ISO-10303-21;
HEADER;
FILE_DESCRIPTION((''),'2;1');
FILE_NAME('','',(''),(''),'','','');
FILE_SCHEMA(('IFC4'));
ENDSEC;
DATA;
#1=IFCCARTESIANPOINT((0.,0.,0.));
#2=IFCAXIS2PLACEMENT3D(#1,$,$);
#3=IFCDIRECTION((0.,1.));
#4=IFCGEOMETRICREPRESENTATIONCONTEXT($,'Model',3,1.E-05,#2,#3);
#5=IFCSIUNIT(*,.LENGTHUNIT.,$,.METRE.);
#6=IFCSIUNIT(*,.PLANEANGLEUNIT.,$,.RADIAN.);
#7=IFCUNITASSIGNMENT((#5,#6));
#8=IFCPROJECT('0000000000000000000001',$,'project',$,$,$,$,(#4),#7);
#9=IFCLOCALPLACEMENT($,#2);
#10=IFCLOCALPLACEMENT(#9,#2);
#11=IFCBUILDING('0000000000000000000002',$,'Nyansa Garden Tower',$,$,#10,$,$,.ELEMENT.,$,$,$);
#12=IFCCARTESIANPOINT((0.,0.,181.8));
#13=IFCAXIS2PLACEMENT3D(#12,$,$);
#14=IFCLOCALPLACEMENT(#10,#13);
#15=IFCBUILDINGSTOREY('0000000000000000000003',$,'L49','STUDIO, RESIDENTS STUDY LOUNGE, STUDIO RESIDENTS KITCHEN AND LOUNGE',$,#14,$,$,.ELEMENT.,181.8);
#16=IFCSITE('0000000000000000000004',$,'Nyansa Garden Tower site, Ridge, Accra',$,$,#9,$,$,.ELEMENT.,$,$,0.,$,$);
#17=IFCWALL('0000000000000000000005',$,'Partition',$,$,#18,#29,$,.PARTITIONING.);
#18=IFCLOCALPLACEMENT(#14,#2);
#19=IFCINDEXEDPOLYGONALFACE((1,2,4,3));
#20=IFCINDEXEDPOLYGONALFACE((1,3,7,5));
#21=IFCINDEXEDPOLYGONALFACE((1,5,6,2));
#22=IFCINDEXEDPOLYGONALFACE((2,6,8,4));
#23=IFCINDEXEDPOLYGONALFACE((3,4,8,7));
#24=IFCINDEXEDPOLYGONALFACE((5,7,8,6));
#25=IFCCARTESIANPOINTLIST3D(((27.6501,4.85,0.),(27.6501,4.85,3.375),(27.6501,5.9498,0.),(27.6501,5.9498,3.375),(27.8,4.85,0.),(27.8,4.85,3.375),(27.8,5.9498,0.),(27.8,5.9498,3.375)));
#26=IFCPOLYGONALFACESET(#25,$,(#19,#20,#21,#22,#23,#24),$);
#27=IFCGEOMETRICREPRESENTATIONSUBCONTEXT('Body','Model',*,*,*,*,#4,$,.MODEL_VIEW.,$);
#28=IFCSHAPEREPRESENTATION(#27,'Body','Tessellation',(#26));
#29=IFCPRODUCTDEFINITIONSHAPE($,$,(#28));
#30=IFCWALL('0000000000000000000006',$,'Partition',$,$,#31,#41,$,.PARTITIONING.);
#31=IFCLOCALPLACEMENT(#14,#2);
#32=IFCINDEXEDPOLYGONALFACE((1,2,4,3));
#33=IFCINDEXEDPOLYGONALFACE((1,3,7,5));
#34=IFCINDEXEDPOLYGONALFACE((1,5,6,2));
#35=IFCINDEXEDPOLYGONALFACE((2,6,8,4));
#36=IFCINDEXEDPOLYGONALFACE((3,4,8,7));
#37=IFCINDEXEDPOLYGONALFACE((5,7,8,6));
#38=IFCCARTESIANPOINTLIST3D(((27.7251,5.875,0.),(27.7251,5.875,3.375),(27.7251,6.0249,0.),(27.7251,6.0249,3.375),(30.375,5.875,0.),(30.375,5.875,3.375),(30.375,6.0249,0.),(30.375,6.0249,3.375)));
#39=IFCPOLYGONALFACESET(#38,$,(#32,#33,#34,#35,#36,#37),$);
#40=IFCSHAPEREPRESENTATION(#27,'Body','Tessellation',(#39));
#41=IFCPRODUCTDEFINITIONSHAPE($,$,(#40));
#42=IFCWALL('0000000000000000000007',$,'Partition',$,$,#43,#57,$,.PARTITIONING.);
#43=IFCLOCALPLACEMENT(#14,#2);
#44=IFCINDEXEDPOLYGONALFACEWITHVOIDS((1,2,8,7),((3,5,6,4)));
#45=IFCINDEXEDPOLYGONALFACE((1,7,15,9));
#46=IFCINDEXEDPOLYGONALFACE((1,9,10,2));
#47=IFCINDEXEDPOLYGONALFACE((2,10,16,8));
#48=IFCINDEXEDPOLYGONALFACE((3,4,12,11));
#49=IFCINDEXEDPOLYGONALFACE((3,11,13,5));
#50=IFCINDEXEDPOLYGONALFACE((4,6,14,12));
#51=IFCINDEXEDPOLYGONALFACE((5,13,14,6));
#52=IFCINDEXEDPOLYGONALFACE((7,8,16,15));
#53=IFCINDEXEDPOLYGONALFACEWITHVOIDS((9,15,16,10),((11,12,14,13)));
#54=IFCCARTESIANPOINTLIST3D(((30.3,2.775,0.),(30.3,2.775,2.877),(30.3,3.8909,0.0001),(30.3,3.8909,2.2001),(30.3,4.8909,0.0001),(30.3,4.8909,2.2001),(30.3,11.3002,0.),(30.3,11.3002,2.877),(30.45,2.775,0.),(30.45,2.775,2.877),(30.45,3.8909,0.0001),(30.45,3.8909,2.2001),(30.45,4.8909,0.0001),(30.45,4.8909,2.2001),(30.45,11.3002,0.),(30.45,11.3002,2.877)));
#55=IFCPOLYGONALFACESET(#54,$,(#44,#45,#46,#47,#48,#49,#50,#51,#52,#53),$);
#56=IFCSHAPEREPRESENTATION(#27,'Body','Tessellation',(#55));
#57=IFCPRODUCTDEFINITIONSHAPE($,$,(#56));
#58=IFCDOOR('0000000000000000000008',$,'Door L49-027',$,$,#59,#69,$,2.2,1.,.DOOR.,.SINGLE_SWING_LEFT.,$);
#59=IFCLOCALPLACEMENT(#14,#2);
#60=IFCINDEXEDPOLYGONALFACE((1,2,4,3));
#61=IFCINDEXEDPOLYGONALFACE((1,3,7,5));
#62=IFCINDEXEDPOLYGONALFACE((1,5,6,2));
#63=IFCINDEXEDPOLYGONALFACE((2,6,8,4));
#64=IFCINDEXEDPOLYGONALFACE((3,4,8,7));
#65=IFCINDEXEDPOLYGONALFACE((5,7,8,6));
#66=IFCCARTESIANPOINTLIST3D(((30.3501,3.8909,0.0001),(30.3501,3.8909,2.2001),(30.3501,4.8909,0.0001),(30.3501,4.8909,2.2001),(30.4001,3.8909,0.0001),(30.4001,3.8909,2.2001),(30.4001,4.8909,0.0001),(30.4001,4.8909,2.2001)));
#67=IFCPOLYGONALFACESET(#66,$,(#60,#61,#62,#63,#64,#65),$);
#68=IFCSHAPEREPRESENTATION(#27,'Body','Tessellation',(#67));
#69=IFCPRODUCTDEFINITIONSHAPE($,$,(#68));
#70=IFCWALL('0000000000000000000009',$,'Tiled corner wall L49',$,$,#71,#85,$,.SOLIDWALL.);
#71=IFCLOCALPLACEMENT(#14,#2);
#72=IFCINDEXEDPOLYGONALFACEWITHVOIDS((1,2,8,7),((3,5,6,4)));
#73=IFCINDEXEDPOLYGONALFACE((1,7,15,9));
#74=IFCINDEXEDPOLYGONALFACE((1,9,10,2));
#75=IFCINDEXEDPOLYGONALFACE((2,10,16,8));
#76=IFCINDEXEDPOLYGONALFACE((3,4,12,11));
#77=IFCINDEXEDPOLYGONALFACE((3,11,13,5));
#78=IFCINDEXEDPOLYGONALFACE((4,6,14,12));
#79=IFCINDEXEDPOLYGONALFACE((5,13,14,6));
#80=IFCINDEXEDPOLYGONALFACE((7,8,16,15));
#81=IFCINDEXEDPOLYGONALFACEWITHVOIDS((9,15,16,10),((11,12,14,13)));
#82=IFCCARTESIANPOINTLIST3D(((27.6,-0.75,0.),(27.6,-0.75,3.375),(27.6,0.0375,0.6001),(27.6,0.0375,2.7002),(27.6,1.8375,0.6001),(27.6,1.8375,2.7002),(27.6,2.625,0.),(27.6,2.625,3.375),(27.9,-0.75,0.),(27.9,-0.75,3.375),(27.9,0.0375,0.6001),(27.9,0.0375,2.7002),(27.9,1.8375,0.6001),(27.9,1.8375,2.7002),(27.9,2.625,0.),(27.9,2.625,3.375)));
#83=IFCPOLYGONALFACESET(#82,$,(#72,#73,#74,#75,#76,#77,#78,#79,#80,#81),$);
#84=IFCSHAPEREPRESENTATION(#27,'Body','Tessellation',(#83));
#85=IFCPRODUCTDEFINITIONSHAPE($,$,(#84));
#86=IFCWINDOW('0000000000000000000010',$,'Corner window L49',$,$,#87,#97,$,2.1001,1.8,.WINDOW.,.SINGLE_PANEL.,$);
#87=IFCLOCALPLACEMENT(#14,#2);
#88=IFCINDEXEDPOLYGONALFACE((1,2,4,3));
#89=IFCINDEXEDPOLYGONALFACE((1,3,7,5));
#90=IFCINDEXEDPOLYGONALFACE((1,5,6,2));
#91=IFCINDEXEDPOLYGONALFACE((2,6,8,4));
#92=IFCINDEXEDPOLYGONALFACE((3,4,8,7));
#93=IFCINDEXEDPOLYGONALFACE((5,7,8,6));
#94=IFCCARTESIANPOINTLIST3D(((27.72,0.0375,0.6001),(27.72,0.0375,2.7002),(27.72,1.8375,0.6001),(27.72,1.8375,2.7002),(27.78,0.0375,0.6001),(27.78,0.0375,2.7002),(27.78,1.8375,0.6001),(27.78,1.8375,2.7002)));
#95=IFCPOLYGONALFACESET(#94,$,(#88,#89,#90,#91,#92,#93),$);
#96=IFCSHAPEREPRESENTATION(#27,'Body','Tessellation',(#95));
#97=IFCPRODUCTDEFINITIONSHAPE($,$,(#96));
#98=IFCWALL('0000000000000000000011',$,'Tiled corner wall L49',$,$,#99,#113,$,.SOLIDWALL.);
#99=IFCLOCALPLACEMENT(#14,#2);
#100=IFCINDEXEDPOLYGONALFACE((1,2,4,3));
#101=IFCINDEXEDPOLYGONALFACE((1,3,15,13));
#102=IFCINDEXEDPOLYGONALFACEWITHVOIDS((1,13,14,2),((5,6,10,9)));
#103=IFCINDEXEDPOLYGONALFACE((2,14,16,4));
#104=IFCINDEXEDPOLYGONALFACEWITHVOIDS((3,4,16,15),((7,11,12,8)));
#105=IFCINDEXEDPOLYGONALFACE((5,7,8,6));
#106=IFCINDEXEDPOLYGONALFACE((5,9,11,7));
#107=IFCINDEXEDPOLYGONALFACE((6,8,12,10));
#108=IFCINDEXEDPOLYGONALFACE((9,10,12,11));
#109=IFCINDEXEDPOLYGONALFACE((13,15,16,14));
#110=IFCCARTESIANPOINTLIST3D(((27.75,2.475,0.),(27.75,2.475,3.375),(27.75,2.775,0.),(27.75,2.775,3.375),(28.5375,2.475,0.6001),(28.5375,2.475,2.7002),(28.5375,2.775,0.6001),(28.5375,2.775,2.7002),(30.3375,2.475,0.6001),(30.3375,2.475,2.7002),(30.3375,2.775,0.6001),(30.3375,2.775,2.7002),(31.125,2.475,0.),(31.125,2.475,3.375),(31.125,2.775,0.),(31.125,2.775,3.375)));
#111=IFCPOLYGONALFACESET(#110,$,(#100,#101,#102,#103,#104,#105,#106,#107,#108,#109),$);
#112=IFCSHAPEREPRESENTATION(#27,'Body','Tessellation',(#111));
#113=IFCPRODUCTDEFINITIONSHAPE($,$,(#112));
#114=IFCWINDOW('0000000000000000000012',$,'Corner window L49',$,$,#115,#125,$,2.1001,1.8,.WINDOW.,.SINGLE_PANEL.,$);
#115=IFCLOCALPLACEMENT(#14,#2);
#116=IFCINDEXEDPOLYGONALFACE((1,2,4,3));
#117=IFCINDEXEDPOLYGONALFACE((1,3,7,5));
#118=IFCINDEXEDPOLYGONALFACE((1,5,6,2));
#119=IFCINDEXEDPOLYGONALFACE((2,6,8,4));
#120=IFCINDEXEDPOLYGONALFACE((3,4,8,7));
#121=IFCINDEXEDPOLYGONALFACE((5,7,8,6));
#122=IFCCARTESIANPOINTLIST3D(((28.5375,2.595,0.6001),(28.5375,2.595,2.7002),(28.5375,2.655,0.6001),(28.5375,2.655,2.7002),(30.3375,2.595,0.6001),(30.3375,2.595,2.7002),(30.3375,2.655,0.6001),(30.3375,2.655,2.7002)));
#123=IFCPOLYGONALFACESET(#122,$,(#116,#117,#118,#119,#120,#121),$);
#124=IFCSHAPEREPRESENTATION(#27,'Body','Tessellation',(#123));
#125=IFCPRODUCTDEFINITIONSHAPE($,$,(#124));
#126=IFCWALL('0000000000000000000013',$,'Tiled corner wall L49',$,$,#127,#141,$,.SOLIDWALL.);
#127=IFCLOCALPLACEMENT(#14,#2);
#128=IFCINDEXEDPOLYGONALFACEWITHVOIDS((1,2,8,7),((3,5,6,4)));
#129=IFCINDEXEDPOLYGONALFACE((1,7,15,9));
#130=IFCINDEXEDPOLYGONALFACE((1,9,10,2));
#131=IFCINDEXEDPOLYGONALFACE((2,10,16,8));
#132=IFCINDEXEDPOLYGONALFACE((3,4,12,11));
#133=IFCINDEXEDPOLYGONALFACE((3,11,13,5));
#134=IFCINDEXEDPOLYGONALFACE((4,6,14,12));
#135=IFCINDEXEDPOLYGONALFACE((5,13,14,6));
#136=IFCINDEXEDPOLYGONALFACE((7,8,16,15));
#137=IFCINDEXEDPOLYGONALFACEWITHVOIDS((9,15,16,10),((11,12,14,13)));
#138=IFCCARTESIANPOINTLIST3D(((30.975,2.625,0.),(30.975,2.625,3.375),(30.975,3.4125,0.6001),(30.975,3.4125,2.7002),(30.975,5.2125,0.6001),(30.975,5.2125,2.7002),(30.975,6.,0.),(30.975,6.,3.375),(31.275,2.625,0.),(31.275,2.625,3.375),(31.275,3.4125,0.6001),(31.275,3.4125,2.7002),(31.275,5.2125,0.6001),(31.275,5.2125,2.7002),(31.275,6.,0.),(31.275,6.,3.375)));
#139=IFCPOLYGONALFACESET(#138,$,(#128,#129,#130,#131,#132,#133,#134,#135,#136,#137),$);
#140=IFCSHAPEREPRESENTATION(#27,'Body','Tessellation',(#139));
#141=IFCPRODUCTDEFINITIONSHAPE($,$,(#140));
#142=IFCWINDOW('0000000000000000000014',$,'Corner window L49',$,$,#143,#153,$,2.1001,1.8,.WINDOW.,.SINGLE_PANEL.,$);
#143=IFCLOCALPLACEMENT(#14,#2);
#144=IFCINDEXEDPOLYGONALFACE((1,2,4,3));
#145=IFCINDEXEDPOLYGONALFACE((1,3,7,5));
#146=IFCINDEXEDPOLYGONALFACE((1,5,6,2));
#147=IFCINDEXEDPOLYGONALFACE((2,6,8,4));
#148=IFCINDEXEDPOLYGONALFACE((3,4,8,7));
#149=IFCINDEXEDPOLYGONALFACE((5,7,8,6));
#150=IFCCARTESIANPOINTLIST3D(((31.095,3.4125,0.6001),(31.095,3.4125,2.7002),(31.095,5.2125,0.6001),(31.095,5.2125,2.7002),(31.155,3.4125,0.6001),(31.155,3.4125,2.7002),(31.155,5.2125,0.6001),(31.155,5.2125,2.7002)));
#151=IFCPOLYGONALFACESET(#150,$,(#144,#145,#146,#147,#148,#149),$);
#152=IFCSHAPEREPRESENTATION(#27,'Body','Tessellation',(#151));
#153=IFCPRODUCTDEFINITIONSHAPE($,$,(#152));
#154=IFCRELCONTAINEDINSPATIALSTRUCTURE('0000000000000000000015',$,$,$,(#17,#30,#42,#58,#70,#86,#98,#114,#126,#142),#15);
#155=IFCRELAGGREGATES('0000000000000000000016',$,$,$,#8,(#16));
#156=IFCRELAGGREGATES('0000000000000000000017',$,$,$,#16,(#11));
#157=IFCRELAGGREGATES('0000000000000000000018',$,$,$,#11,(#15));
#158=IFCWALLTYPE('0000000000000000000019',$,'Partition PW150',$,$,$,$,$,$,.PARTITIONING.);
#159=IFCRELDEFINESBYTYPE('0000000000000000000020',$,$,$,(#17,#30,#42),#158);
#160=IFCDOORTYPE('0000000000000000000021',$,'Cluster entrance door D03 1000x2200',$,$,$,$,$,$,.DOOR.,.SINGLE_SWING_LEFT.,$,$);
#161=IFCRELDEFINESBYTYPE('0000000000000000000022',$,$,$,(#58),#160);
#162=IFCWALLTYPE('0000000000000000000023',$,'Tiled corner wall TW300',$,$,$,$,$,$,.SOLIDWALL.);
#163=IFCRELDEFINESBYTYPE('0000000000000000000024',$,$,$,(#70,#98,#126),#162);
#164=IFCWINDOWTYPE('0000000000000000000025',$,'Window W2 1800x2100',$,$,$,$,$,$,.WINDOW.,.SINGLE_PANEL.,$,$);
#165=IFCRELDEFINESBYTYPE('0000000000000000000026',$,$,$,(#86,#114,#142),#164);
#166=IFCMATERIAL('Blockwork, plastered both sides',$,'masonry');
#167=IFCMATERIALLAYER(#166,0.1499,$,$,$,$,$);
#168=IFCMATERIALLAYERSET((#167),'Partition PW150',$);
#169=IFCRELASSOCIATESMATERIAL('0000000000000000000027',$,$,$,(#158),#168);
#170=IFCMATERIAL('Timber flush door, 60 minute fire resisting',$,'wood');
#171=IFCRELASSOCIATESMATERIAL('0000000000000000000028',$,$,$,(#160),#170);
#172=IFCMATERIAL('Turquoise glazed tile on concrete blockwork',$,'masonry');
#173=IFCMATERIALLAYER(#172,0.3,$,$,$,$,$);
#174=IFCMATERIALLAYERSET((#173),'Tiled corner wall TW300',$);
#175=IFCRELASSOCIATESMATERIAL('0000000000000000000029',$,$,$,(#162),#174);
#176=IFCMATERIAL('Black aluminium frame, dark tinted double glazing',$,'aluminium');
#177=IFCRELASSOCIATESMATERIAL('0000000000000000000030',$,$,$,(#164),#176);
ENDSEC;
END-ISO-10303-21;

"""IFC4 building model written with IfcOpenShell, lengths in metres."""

from ifc_helpers import new_model, si_unit, direction, frame, frame_2d, origin, place, context, subcontext, project, spatial, rectangle, extrude, material, layer, layer_set, type_object, element, fill, save


model = new_model("IFC4")

# Units and contexts
model_context = context("Model", 3, precision=1e-05, world=origin(), true_north=direction((0.0, 1.0)))
body_context = subcontext(model_context, "Body", "Model", "MODEL_VIEW")
ifc_project = project(units=[si_unit("LENGTHUNIT", "METRE"), si_unit("PLANEANGLEUNIT", "RADIAN")], contexts=[model_context])

# Site, building, storey
site_placement = place(None, origin())
site = spatial("IfcSite", under=ifc_project, at=site_placement, Name="Nyansa Garden Tower site, Ridge, Accra", CompositionType="ELEMENT", RefElevation=0.0)
building_placement = place(site_placement, origin())
building = spatial("IfcBuilding", under=site, at=building_placement, Name="Nyansa Garden Tower", CompositionType="ELEMENT")
storey_placement = place(building_placement, frame((0.0, 0.0, 181.8)))
storey = spatial("IfcBuildingStorey", under=building, at=storey_placement, Name="L49", Description="STUDIO, RESIDENTS STUDY LOUNGE, STUDIO RESIDENTS KITCHEN AND LOUNGE", CompositionType="ELEMENT", Elevation=181.8)

# Walls
ifc_material_1 = material(Name="Blockwork, plastered both sides", Category="masonry")
ifc_layer_1 = layer(ifc_material_1, 0.1499)
ifc_layer_set_1 = layer_set([ifc_layer_1], Name="Partition PW150")
wall_type_1 = type_object("IfcWallType", Name="Partition PW150", PredefinedType="PARTITIONING", material=ifc_layer_set_1)
wall_1_placement = place(storey_placement, frame((27.7251, 4.8501, 0.0), z_axis=(0.0, 0.0, 1.0), x_axis=(0.0, 1.0, 0.0)))
element("IfcWall", 1, at=wall_1_placement, inside=storey, type_object=wall_type_1, Name="Partition", PredefinedType="PARTITIONING", context=body_context, shape_type="SweptSolid", body=[
    extrude(rectangle(XDim=1.0999, YDim=0.1499, at=frame_2d((0.5498, 0.0))), origin(), (0.0, 0.0, 1.0), 3.375),
])
wall_2_placement = place(storey_placement, frame((27.7251, 5.95, 0.0), z_axis=(0.0, 0.0, 1.0), x_axis=(1.0, 0.0, 0.0)))
element("IfcWall", 2, at=wall_2_placement, inside=storey, type_object=wall_type_1, Name="Partition", PredefinedType="PARTITIONING", context=body_context, shape_type="SweptSolid", body=[
    extrude(rectangle(XDim=2.6499, YDim=0.1499, at=frame_2d((1.325, 0.0))), origin(), (0.0, 0.0, 1.0), 3.375),
])

# Wall, opening, door
wall_3_placement = place(storey_placement, frame((30.375, 2.7749, 0.0), z_axis=(0.0, 0.0, 1.0), x_axis=(0.0, 1.0, 0.0)))
wall_3 = element("IfcWall", 3, at=wall_3_placement, inside=storey, type_object=wall_type_1, Name="Partition", PredefinedType="PARTITIONING", context=body_context, shape_type="SweptSolid", body=[
    extrude(rectangle(XDim=8.5251, YDim=0.1499, at=frame_2d((4.2627, 0.0))), origin(), (0.0, 0.0, 1.0), 2.877),
])
opening_1_placement = place(wall_3_placement, frame((1.116, 0.0, 0.0)))
opening_1 = element("IfcOpeningElement", 4, at=opening_1_placement, cuts=wall_3, PredefinedType="OPENING", context=body_context, shape_type="SweptSolid", body=[
    extrude(rectangle(XDim=1.0, YDim=2.2, at=frame_2d((0.5, 1.1001))), frame((0.0, 0.085, 0.0), z_axis=(0.0, -1.0, 0.0), x_axis=(1.0, 0.0, 0.0)), (0.0, 0.0, 1.0), 0.1699),
])
ifc_material_2 = material(Name="Timber flush door, 60 minute fire resisting", Category="wood")
door_type = type_object("IfcDoorType", Name="Cluster entrance door D03 1000x2200", OperationType="SINGLE_SWING_LEFT", PredefinedType="DOOR", material=ifc_material_2)
door_placement = place(opening_1_placement, origin())
door = element("IfcDoor", 5, at=door_placement, inside=storey, type_object=door_type, Name="Door L49-027", OperationType="SINGLE_SWING_LEFT", OverallHeight=2.2, OverallWidth=1.0, PredefinedType="DOOR", context=body_context, shape_type="SweptSolid", body=[
    extrude(rectangle(XDim=1.0, YDim=2.2, at=frame_2d((0.5, 1.1001))), frame((0.0, 0.0249, 0.0), z_axis=(0.0, -1.0, 0.0), x_axis=(1.0, 0.0, 0.0)), (0.0, 0.0, 1.0), 0.05),
])
fill(opening_1, door)

# Walls, openings, windows
ifc_material_3 = material(Name="Turquoise glazed tile on concrete blockwork", Category="masonry")
ifc_layer_2 = layer(ifc_material_3, 0.3)
ifc_layer_set_2 = layer_set([ifc_layer_2], Name="Tiled corner wall TW300")
wall_type_2 = type_object("IfcWallType", Name="Tiled corner wall TW300", PredefinedType="SOLIDWALL", material=ifc_layer_set_2)
wall_4_placement = place(storey_placement, frame((27.75, -0.75, 0.0), z_axis=(0.0, 0.0, 1.0), x_axis=(0.0, 1.0, 0.0)))
wall_4 = element("IfcWall", 6, at=wall_4_placement, inside=storey, type_object=wall_type_2, Name="Tiled corner wall L49", PredefinedType="SOLIDWALL", context=body_context, shape_type="SweptSolid", body=[
    extrude(rectangle(XDim=3.375, YDim=0.3, at=frame_2d((1.6875, 0.0))), origin(), (0.0, 0.0, 1.0), 3.375),
])
opening_2_placement = place(wall_4_placement, frame((0.7876, 0.0, 0.6001)))
opening_2 = element("IfcOpeningElement", 7, at=opening_2_placement, cuts=wall_4, PredefinedType="OPENING", context=body_context, shape_type="SweptSolid", body=[
    extrude(rectangle(XDim=1.8, YDim=2.1001, at=frame_2d((0.8999, 1.05))), frame((0.0, 0.1599, 0.0), z_axis=(0.0, -1.0, 0.0), x_axis=(1.0, 0.0, 0.0)), (0.0, 0.0, 1.0), 0.3201),
])
ifc_material_4 = material(Name="Black aluminium frame, dark tinted double glazing", Category="aluminium")
window_type = type_object("IfcWindowType", Name="Window W2 1800x2100", PartitioningType="SINGLE_PANEL", PredefinedType="WINDOW", material=ifc_material_4)
window_1_placement = place(opening_2_placement, origin())
window_1 = element("IfcWindow", 8, at=window_1_placement, inside=storey, type_object=window_type, Name="Corner window L49", OverallHeight=2.1001, OverallWidth=1.8, PartitioningType="SINGLE_PANEL", PredefinedType="WINDOW", context=body_context, shape_type="SweptSolid", body=[
    extrude(rectangle(XDim=1.8, YDim=2.1001, at=frame_2d((0.8999, 1.05))), frame((0.0, 0.03, 0.0), z_axis=(0.0, -1.0, 0.0), x_axis=(1.0, 0.0, 0.0)), (0.0, 0.0, 1.0), 0.0601),
])
fill(opening_2, window_1)
wall_5_placement = place(storey_placement, frame((27.75, 2.625, 0.0), z_axis=(0.0, 0.0, 1.0), x_axis=(1.0, 0.0, 0.0)))
wall_5 = element("IfcWall", 9, at=wall_5_placement, inside=storey, type_object=wall_type_2, Name="Tiled corner wall L49", PredefinedType="SOLIDWALL", context=body_context, shape_type="SweptSolid", body=[
    extrude(rectangle(XDim=3.375, YDim=0.3, at=frame_2d((1.6875, 0.0))), origin(), (0.0, 0.0, 1.0), 3.375),
])
opening_3_placement = place(wall_5_placement, frame((0.7876, 0.0, 0.6001)))
opening_3 = element("IfcOpeningElement", 10, at=opening_3_placement, cuts=wall_5, PredefinedType="OPENING", context=body_context, shape_type="SweptSolid", body=[
    extrude(rectangle(XDim=1.8, YDim=2.1001, at=frame_2d((0.8999, 1.05))), frame((0.0, 0.1599, 0.0), z_axis=(0.0, -1.0, 0.0), x_axis=(1.0, 0.0, 0.0)), (0.0, 0.0, 1.0), 0.3201),
])
window_2_placement = place(opening_3_placement, origin())
window_2 = element("IfcWindow", 11, at=window_2_placement, inside=storey, type_object=window_type, Name="Corner window L49", OverallHeight=2.1001, OverallWidth=1.8, PartitioningType="SINGLE_PANEL", PredefinedType="WINDOW", context=body_context, shape_type="SweptSolid", body=[
    extrude(rectangle(XDim=1.8, YDim=2.1001, at=frame_2d((0.8999, 1.05))), frame((0.0, 0.03, 0.0), z_axis=(0.0, -1.0, 0.0), x_axis=(1.0, 0.0, 0.0)), (0.0, 0.0, 1.0), 0.0601),
])
fill(opening_3, window_2)
wall_6_placement = place(storey_placement, frame((31.125, 2.625, 0.0), z_axis=(0.0, 0.0, 1.0), x_axis=(0.0, 1.0, 0.0)))
wall_6 = element("IfcWall", 12, at=wall_6_placement, inside=storey, type_object=wall_type_2, Name="Tiled corner wall L49", PredefinedType="SOLIDWALL", context=body_context, shape_type="SweptSolid", body=[
    extrude(rectangle(XDim=3.375, YDim=0.3, at=frame_2d((1.6875, 0.0))), origin(), (0.0, 0.0, 1.0), 3.375),
])
opening_4_placement = place(wall_6_placement, frame((0.7876, 0.0, 0.6001)))
opening_4 = element("IfcOpeningElement", 13, at=opening_4_placement, cuts=wall_6, PredefinedType="OPENING", context=body_context, shape_type="SweptSolid", body=[
    extrude(rectangle(XDim=1.8, YDim=2.1001, at=frame_2d((0.8999, 1.05))), frame((0.0, 0.1599, 0.0), z_axis=(0.0, -1.0, 0.0), x_axis=(1.0, 0.0, 0.0)), (0.0, 0.0, 1.0), 0.3201),
])
window_3_placement = place(opening_4_placement, origin())
window_3 = element("IfcWindow", 14, at=window_3_placement, inside=storey, type_object=window_type, Name="Corner window L49", OverallHeight=2.1001, OverallWidth=1.8, PartitioningType="SINGLE_PANEL", PredefinedType="WINDOW", context=body_context, shape_type="SweptSolid", body=[
    extrude(rectangle(XDim=1.8, YDim=2.1001, at=frame_2d((0.8999, 1.05))), frame((0.0, 0.03, 0.0), z_axis=(0.0, -1.0, 0.0), x_axis=(1.0, 0.0, 0.0)), (0.0, 0.0, 1.0), 0.0601),
])
fill(opening_4, window_3)

save(model, "model.ifc")
